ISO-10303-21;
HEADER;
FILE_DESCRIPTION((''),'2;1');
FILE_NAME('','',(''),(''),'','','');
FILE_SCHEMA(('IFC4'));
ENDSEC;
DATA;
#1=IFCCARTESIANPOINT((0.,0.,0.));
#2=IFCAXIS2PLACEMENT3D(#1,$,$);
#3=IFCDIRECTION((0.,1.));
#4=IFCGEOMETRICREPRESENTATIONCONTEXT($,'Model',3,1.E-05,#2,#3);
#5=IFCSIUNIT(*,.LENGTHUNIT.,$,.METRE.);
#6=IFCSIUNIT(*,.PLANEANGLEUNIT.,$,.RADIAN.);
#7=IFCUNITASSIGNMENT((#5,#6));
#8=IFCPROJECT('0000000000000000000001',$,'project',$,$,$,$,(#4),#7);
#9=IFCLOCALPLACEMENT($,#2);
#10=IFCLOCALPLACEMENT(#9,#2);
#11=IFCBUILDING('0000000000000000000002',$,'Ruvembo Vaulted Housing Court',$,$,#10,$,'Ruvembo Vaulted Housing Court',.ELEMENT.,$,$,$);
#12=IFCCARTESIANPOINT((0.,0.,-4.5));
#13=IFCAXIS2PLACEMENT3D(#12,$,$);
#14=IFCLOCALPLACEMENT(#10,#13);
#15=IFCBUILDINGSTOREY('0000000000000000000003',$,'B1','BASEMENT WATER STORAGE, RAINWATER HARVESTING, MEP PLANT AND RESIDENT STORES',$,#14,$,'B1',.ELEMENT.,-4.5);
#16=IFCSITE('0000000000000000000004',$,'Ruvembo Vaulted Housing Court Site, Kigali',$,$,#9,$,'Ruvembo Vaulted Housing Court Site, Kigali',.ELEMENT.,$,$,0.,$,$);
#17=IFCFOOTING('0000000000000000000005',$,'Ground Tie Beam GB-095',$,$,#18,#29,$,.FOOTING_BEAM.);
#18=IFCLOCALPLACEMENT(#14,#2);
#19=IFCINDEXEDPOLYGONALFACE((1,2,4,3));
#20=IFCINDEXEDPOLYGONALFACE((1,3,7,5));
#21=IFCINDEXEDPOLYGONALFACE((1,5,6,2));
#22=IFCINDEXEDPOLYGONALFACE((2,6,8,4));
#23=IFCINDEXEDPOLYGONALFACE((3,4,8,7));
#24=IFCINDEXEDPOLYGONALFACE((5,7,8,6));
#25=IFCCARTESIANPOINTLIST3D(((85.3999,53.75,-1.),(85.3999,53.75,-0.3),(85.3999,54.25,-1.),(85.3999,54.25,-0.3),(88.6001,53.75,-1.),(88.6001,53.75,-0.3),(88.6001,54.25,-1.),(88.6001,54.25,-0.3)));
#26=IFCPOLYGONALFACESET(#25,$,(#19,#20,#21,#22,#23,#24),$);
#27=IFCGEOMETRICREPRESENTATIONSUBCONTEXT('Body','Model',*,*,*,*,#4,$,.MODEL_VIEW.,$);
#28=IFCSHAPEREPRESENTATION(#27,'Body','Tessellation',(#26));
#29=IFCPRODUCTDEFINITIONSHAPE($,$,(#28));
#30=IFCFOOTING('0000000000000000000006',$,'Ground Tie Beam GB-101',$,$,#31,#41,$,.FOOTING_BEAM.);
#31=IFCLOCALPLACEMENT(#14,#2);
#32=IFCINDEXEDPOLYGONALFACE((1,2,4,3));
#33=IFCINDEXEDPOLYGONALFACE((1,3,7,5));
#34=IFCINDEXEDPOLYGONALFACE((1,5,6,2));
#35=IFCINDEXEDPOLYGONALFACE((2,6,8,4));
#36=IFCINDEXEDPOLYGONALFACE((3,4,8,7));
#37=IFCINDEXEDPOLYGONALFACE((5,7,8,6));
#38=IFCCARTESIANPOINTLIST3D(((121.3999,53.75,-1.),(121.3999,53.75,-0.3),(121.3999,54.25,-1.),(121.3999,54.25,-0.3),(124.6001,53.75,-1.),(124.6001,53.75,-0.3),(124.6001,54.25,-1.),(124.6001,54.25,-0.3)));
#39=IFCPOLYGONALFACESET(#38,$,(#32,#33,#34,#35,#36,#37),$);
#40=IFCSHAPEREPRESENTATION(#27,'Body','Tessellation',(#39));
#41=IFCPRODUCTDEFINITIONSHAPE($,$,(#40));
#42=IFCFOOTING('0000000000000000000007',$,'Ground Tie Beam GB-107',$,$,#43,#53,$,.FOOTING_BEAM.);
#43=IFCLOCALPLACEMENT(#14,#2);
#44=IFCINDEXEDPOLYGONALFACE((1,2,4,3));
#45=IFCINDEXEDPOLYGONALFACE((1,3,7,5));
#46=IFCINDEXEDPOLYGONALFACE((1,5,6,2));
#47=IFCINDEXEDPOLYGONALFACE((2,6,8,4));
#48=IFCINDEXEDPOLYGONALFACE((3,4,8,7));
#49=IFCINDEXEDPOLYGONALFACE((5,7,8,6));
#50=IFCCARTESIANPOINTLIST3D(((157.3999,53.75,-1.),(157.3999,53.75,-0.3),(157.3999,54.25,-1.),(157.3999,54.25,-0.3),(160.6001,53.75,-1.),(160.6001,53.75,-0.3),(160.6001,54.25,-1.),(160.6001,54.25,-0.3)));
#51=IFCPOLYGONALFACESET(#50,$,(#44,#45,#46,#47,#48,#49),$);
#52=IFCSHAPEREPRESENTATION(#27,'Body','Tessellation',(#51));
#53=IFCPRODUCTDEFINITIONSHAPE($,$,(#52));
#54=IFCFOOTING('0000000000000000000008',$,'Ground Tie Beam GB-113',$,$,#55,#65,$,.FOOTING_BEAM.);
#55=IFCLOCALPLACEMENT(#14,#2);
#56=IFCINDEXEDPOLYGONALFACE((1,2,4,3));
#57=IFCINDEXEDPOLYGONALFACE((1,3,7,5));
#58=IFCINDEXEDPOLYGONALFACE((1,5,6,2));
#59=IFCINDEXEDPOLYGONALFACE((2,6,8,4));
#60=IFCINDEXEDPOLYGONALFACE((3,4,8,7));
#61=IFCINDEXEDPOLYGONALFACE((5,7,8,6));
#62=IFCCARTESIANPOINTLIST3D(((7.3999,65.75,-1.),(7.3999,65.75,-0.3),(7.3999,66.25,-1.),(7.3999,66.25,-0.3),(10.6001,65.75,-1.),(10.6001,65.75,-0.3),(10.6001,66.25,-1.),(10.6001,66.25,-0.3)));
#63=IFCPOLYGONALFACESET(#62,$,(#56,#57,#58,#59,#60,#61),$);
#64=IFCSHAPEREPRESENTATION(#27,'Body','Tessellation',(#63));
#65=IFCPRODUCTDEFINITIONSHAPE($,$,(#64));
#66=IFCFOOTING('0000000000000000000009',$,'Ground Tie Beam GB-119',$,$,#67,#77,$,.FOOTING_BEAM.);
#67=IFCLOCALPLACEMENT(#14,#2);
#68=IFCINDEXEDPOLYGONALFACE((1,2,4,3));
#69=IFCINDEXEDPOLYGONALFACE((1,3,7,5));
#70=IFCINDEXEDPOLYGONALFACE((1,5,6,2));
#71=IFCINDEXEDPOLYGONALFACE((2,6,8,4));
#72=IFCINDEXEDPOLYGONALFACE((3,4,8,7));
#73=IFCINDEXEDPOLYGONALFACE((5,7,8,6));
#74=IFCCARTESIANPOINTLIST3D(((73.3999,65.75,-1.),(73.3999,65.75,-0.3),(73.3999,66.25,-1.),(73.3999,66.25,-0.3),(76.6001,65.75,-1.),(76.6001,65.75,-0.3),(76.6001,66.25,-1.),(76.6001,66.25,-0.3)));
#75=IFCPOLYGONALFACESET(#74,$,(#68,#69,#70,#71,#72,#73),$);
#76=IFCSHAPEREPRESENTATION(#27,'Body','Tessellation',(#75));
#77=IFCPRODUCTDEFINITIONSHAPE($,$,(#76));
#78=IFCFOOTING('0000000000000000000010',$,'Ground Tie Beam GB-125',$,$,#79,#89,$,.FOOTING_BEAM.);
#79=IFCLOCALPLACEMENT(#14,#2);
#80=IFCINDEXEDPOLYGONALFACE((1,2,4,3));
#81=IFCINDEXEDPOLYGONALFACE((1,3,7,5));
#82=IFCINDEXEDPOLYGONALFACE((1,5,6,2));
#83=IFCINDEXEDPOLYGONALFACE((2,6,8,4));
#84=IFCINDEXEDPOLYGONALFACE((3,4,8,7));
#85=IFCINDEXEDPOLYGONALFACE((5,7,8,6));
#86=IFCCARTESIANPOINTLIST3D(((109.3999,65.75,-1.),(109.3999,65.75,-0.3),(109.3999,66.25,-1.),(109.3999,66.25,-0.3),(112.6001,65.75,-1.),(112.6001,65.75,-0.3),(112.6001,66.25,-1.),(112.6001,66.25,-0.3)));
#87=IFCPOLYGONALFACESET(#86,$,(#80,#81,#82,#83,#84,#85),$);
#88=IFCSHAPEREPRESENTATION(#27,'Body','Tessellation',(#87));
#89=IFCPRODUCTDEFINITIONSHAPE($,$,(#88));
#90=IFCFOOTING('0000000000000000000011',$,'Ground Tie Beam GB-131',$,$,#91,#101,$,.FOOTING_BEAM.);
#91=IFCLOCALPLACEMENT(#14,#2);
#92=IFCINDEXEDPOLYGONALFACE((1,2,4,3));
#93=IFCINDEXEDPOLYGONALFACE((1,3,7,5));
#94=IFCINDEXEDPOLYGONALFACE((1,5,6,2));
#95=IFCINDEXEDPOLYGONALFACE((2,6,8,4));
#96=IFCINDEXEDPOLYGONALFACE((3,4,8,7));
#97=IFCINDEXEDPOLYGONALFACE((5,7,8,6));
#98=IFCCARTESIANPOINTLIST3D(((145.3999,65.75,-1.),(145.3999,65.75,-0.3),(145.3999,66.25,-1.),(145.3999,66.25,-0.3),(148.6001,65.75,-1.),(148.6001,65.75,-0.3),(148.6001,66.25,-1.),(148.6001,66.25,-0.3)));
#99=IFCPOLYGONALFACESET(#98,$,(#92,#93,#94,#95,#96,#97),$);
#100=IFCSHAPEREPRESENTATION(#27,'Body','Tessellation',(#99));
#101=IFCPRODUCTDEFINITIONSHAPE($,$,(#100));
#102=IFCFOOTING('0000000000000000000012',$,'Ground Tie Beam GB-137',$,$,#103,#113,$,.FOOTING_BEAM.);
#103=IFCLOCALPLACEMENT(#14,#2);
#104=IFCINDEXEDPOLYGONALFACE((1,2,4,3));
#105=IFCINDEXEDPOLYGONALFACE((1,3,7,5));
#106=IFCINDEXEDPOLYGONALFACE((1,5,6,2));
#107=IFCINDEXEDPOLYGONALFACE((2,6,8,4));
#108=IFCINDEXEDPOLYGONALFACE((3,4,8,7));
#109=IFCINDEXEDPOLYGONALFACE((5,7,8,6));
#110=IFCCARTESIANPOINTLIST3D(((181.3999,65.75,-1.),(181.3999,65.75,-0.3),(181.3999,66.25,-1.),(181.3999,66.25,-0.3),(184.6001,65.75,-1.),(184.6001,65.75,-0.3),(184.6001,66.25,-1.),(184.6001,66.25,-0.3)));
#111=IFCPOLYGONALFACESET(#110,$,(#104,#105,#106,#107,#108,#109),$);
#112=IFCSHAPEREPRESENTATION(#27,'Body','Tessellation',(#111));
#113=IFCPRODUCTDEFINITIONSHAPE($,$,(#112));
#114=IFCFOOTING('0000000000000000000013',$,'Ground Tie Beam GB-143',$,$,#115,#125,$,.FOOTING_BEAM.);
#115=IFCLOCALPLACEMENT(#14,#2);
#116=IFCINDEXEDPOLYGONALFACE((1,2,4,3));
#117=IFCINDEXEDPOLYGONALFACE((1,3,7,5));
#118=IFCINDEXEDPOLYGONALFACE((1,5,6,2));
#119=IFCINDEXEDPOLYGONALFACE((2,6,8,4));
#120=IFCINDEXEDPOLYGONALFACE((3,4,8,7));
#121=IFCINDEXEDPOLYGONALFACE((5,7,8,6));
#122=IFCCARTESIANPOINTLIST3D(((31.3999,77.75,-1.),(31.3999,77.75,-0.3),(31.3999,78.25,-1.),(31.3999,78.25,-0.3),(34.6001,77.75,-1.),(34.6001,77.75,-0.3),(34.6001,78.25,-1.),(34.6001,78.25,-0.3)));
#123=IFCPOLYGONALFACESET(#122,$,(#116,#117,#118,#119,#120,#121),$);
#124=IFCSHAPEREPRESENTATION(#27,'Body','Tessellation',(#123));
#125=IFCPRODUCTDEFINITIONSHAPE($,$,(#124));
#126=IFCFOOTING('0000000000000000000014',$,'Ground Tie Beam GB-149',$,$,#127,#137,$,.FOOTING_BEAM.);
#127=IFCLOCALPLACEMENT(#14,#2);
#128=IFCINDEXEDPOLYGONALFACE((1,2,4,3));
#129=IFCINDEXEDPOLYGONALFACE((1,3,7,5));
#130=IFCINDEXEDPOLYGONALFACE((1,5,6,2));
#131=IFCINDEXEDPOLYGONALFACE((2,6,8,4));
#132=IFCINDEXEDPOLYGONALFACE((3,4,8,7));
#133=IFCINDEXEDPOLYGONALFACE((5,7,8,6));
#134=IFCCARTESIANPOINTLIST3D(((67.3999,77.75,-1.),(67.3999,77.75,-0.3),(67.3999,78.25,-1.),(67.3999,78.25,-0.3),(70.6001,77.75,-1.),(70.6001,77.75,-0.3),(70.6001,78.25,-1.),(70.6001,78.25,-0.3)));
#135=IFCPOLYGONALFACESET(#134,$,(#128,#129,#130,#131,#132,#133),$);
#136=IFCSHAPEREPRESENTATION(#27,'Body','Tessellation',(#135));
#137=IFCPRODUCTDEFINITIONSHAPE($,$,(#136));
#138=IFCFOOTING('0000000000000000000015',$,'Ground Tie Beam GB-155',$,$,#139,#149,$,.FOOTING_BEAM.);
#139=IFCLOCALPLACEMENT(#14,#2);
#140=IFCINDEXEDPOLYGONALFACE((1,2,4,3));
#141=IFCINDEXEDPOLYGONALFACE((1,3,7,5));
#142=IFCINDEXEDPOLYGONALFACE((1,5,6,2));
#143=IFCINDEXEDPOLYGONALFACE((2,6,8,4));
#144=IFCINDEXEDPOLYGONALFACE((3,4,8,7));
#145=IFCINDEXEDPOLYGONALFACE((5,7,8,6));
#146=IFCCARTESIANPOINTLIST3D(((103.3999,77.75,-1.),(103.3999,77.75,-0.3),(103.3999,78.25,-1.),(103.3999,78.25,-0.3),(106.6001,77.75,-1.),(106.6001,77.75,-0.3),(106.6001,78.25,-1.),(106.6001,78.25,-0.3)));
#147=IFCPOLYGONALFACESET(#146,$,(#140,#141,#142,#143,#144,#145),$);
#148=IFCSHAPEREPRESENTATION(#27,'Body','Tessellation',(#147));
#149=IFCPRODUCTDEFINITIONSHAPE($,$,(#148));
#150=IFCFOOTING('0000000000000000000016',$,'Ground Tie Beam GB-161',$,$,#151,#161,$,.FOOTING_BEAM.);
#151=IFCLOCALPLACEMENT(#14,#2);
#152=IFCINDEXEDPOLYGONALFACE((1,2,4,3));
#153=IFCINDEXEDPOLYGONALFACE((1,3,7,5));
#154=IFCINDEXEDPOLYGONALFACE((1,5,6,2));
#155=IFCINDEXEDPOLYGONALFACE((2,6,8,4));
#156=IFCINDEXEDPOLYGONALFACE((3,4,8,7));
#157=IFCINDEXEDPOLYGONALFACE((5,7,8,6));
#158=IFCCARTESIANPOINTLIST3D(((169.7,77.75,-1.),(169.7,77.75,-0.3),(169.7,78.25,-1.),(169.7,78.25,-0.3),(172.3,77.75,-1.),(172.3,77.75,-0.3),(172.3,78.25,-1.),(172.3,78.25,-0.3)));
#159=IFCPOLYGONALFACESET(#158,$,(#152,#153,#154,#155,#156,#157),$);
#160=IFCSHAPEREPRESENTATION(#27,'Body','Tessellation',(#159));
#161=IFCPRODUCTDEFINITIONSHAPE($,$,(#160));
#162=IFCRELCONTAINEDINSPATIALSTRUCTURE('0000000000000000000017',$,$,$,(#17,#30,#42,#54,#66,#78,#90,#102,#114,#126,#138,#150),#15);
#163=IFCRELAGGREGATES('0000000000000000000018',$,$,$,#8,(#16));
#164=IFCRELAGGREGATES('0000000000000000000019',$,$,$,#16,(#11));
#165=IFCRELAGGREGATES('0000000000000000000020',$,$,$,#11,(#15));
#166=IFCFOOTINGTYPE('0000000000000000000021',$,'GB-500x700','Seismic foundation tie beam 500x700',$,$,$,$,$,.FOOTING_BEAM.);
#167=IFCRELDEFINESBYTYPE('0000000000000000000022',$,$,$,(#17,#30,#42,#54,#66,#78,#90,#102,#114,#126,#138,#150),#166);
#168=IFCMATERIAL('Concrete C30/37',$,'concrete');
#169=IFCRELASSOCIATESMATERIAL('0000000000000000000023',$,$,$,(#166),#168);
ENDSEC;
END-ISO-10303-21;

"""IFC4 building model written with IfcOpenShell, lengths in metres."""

from ifc_helpers import new_model, si_unit, direction, frame, origin, place, context, subcontext, project, spatial, polyline, outline, extrude, material, type_object, element, save


model = new_model("IFC4")

# Units and contexts
model_context = context("Model", 3, precision=1e-05, world=origin(), true_north=direction((0.0, 1.0)))
body_context = subcontext(model_context, "Body", "Model", "MODEL_VIEW")
ifc_project = project(units=[si_unit("LENGTHUNIT", "METRE"), si_unit("PLANEANGLEUNIT", "RADIAN")], contexts=[model_context])

# Site, building, storey
site_placement = place(None, origin())
site = spatial("IfcSite", under=ifc_project, at=site_placement, Name="Ruvembo Vaulted Housing Court Site, Kigali", LongName="Ruvembo Vaulted Housing Court Site, Kigali", CompositionType="ELEMENT", RefElevation=0.0)
building_placement = place(site_placement, origin())
building = spatial("IfcBuilding", under=site, at=building_placement, Name="Ruvembo Vaulted Housing Court", LongName="Ruvembo Vaulted Housing Court", CompositionType="ELEMENT")
storey_placement = place(building_placement, frame((0.0, 0.0, -4.5)))
storey = spatial("IfcBuildingStorey", under=building, at=storey_placement, Name="B1", Description="BASEMENT WATER STORAGE, RAINWATER HARVESTING, MEP PLANT AND RESIDENT STORES", LongName="B1", CompositionType="ELEMENT", Elevation=-4.5)

# Footings
ifc_material = material(Name="Concrete C30/37", Category="concrete")
footing_type = type_object("IfcFootingType", Name="GB-500x700", Description="Seismic foundation tie beam 500x700", PredefinedType="FOOTING_BEAM", material=ifc_material)
footing_1_placement = place(storey_placement, frame((0.0, 0.0, -1.0)))
element("IfcFooting", 1, at=footing_1_placement, inside=storey, type_object=footing_type, Name="Ground Tie Beam GB-095", PredefinedType="FOOTING_BEAM", context=body_context, shape_type="SweptSolid", body=[
    extrude(outline(polyline([(85.3999, 53.75), (88.6001, 53.75), (88.6001, 54.25), (85.3999, 54.25), (85.3999, 53.75)])), origin(), (0.0, 0.0, 1.0), 0.7),
])
footing_2_placement = place(storey_placement, frame((0.0, 0.0, -1.0)))
element("IfcFooting", 2, at=footing_2_placement, inside=storey, type_object=footing_type, Name="Ground Tie Beam GB-101", PredefinedType="FOOTING_BEAM", context=body_context, shape_type="SweptSolid", body=[
    extrude(outline(polyline([(121.3999, 53.75), (124.6001, 53.75), (124.6001, 54.25), (121.3999, 54.25), (121.3999, 53.75)])), origin(), (0.0, 0.0, 1.0), 0.7),
])
footing_3_placement = place(storey_placement, frame((0.0, 0.0, -1.0)))
element("IfcFooting", 3, at=footing_3_placement, inside=storey, type_object=footing_type, Name="Ground Tie Beam GB-107", PredefinedType="FOOTING_BEAM", context=body_context, shape_type="SweptSolid", body=[
    extrude(outline(polyline([(157.3999, 53.75), (160.6001, 53.75), (160.6001, 54.25), (157.3999, 54.25), (157.3999, 53.75)])), origin(), (0.0, 0.0, 1.0), 0.7),
])
footing_4_placement = place(storey_placement, frame((0.0, 0.0, -1.0)))
element("IfcFooting", 4, at=footing_4_placement, inside=storey, type_object=footing_type, Name="Ground Tie Beam GB-113", PredefinedType="FOOTING_BEAM", context=body_context, shape_type="SweptSolid", body=[
    extrude(outline(polyline([(7.3999, 65.75), (10.6001, 65.75), (10.6001, 66.25), (7.3999, 66.25), (7.3999, 65.75)])), origin(), (0.0, 0.0, 1.0), 0.7),
])
footing_5_placement = place(storey_placement, frame((0.0, 0.0, -1.0)))
element("IfcFooting", 5, at=footing_5_placement, inside=storey, type_object=footing_type, Name="Ground Tie Beam GB-119", PredefinedType="FOOTING_BEAM", context=body_context, shape_type="SweptSolid", body=[
    extrude(outline(polyline([(73.3999, 65.75), (76.6001, 65.75), (76.6001, 66.25), (73.3999, 66.25), (73.3999, 65.75)])), origin(), (0.0, 0.0, 1.0), 0.7),
])
footing_6_placement = place(storey_placement, frame((0.0, 0.0, -1.0)))
element("IfcFooting", 6, at=footing_6_placement, inside=storey, type_object=footing_type, Name="Ground Tie Beam GB-125", PredefinedType="FOOTING_BEAM", context=body_context, shape_type="SweptSolid", body=[
    extrude(outline(polyline([(109.3999, 65.75), (112.6001, 65.75), (112.6001, 66.25), (109.3999, 66.25), (109.3999, 65.75)])), origin(), (0.0, 0.0, 1.0), 0.7),
])
footing_7_placement = place(storey_placement, frame((0.0, 0.0, -1.0)))
element("IfcFooting", 7, at=footing_7_placement, inside=storey, type_object=footing_type, Name="Ground Tie Beam GB-131", PredefinedType="FOOTING_BEAM", context=body_context, shape_type="SweptSolid", body=[
    extrude(outline(polyline([(145.3999, 65.75), (148.6001, 65.75), (148.6001, 66.25), (145.3999, 66.25), (145.3999, 65.75)])), origin(), (0.0, 0.0, 1.0), 0.7),
])
footing_8_placement = place(storey_placement, frame((0.0, 0.0, -1.0)))
element("IfcFooting", 8, at=footing_8_placement, inside=storey, type_object=footing_type, Name="Ground Tie Beam GB-137", PredefinedType="FOOTING_BEAM", context=body_context, shape_type="SweptSolid", body=[
    extrude(outline(polyline([(181.3999, 65.75), (184.6001, 65.75), (184.6001, 66.25), (181.3999, 66.25), (181.3999, 65.75)])), origin(), (0.0, 0.0, 1.0), 0.7),
])
footing_9_placement = place(storey_placement, frame((0.0, 0.0, -1.0)))
element("IfcFooting", 9, at=footing_9_placement, inside=storey, type_object=footing_type, Name="Ground Tie Beam GB-143", PredefinedType="FOOTING_BEAM", context=body_context, shape_type="SweptSolid", body=[
    extrude(outline(polyline([(31.3999, 77.75), (34.6001, 77.75), (34.6001, 78.25), (31.3999, 78.25), (31.3999, 77.75)])), origin(), (0.0, 0.0, 1.0), 0.7),
])
footing_10_placement = place(storey_placement, frame((0.0, 0.0, -1.0)))
element("IfcFooting", 10, at=footing_10_placement, inside=storey, type_object=footing_type, Name="Ground Tie Beam GB-149", PredefinedType="FOOTING_BEAM", context=body_context, shape_type="SweptSolid", body=[
    extrude(outline(polyline([(67.3999, 77.75), (70.6001, 77.75), (70.6001, 78.25), (67.3999, 78.25), (67.3999, 77.75)])), origin(), (0.0, 0.0, 1.0), 0.7),
])
footing_11_placement = place(storey_placement, frame((0.0, 0.0, -1.0)))
element("IfcFooting", 11, at=footing_11_placement, inside=storey, type_object=footing_type, Name="Ground Tie Beam GB-155", PredefinedType="FOOTING_BEAM", context=body_context, shape_type="SweptSolid", body=[
    extrude(outline(polyline([(103.3999, 77.75), (106.6001, 77.75), (106.6001, 78.25), (103.3999, 78.25), (103.3999, 77.75)])), origin(), (0.0, 0.0, 1.0), 0.7),
])
footing_12_placement = place(storey_placement, frame((0.0, 0.0, -1.0)))
element("IfcFooting", 12, at=footing_12_placement, inside=storey, type_object=footing_type, Name="Ground Tie Beam GB-161", PredefinedType="FOOTING_BEAM", context=body_context, shape_type="SweptSolid", body=[
    extrude(outline(polyline([(169.7, 77.75), (172.3, 77.75), (172.3, 78.25), (169.7, 78.25), (169.7, 77.75)])), origin(), (0.0, 0.0, 1.0), 0.7),
])

save(model, "model.ifc")
